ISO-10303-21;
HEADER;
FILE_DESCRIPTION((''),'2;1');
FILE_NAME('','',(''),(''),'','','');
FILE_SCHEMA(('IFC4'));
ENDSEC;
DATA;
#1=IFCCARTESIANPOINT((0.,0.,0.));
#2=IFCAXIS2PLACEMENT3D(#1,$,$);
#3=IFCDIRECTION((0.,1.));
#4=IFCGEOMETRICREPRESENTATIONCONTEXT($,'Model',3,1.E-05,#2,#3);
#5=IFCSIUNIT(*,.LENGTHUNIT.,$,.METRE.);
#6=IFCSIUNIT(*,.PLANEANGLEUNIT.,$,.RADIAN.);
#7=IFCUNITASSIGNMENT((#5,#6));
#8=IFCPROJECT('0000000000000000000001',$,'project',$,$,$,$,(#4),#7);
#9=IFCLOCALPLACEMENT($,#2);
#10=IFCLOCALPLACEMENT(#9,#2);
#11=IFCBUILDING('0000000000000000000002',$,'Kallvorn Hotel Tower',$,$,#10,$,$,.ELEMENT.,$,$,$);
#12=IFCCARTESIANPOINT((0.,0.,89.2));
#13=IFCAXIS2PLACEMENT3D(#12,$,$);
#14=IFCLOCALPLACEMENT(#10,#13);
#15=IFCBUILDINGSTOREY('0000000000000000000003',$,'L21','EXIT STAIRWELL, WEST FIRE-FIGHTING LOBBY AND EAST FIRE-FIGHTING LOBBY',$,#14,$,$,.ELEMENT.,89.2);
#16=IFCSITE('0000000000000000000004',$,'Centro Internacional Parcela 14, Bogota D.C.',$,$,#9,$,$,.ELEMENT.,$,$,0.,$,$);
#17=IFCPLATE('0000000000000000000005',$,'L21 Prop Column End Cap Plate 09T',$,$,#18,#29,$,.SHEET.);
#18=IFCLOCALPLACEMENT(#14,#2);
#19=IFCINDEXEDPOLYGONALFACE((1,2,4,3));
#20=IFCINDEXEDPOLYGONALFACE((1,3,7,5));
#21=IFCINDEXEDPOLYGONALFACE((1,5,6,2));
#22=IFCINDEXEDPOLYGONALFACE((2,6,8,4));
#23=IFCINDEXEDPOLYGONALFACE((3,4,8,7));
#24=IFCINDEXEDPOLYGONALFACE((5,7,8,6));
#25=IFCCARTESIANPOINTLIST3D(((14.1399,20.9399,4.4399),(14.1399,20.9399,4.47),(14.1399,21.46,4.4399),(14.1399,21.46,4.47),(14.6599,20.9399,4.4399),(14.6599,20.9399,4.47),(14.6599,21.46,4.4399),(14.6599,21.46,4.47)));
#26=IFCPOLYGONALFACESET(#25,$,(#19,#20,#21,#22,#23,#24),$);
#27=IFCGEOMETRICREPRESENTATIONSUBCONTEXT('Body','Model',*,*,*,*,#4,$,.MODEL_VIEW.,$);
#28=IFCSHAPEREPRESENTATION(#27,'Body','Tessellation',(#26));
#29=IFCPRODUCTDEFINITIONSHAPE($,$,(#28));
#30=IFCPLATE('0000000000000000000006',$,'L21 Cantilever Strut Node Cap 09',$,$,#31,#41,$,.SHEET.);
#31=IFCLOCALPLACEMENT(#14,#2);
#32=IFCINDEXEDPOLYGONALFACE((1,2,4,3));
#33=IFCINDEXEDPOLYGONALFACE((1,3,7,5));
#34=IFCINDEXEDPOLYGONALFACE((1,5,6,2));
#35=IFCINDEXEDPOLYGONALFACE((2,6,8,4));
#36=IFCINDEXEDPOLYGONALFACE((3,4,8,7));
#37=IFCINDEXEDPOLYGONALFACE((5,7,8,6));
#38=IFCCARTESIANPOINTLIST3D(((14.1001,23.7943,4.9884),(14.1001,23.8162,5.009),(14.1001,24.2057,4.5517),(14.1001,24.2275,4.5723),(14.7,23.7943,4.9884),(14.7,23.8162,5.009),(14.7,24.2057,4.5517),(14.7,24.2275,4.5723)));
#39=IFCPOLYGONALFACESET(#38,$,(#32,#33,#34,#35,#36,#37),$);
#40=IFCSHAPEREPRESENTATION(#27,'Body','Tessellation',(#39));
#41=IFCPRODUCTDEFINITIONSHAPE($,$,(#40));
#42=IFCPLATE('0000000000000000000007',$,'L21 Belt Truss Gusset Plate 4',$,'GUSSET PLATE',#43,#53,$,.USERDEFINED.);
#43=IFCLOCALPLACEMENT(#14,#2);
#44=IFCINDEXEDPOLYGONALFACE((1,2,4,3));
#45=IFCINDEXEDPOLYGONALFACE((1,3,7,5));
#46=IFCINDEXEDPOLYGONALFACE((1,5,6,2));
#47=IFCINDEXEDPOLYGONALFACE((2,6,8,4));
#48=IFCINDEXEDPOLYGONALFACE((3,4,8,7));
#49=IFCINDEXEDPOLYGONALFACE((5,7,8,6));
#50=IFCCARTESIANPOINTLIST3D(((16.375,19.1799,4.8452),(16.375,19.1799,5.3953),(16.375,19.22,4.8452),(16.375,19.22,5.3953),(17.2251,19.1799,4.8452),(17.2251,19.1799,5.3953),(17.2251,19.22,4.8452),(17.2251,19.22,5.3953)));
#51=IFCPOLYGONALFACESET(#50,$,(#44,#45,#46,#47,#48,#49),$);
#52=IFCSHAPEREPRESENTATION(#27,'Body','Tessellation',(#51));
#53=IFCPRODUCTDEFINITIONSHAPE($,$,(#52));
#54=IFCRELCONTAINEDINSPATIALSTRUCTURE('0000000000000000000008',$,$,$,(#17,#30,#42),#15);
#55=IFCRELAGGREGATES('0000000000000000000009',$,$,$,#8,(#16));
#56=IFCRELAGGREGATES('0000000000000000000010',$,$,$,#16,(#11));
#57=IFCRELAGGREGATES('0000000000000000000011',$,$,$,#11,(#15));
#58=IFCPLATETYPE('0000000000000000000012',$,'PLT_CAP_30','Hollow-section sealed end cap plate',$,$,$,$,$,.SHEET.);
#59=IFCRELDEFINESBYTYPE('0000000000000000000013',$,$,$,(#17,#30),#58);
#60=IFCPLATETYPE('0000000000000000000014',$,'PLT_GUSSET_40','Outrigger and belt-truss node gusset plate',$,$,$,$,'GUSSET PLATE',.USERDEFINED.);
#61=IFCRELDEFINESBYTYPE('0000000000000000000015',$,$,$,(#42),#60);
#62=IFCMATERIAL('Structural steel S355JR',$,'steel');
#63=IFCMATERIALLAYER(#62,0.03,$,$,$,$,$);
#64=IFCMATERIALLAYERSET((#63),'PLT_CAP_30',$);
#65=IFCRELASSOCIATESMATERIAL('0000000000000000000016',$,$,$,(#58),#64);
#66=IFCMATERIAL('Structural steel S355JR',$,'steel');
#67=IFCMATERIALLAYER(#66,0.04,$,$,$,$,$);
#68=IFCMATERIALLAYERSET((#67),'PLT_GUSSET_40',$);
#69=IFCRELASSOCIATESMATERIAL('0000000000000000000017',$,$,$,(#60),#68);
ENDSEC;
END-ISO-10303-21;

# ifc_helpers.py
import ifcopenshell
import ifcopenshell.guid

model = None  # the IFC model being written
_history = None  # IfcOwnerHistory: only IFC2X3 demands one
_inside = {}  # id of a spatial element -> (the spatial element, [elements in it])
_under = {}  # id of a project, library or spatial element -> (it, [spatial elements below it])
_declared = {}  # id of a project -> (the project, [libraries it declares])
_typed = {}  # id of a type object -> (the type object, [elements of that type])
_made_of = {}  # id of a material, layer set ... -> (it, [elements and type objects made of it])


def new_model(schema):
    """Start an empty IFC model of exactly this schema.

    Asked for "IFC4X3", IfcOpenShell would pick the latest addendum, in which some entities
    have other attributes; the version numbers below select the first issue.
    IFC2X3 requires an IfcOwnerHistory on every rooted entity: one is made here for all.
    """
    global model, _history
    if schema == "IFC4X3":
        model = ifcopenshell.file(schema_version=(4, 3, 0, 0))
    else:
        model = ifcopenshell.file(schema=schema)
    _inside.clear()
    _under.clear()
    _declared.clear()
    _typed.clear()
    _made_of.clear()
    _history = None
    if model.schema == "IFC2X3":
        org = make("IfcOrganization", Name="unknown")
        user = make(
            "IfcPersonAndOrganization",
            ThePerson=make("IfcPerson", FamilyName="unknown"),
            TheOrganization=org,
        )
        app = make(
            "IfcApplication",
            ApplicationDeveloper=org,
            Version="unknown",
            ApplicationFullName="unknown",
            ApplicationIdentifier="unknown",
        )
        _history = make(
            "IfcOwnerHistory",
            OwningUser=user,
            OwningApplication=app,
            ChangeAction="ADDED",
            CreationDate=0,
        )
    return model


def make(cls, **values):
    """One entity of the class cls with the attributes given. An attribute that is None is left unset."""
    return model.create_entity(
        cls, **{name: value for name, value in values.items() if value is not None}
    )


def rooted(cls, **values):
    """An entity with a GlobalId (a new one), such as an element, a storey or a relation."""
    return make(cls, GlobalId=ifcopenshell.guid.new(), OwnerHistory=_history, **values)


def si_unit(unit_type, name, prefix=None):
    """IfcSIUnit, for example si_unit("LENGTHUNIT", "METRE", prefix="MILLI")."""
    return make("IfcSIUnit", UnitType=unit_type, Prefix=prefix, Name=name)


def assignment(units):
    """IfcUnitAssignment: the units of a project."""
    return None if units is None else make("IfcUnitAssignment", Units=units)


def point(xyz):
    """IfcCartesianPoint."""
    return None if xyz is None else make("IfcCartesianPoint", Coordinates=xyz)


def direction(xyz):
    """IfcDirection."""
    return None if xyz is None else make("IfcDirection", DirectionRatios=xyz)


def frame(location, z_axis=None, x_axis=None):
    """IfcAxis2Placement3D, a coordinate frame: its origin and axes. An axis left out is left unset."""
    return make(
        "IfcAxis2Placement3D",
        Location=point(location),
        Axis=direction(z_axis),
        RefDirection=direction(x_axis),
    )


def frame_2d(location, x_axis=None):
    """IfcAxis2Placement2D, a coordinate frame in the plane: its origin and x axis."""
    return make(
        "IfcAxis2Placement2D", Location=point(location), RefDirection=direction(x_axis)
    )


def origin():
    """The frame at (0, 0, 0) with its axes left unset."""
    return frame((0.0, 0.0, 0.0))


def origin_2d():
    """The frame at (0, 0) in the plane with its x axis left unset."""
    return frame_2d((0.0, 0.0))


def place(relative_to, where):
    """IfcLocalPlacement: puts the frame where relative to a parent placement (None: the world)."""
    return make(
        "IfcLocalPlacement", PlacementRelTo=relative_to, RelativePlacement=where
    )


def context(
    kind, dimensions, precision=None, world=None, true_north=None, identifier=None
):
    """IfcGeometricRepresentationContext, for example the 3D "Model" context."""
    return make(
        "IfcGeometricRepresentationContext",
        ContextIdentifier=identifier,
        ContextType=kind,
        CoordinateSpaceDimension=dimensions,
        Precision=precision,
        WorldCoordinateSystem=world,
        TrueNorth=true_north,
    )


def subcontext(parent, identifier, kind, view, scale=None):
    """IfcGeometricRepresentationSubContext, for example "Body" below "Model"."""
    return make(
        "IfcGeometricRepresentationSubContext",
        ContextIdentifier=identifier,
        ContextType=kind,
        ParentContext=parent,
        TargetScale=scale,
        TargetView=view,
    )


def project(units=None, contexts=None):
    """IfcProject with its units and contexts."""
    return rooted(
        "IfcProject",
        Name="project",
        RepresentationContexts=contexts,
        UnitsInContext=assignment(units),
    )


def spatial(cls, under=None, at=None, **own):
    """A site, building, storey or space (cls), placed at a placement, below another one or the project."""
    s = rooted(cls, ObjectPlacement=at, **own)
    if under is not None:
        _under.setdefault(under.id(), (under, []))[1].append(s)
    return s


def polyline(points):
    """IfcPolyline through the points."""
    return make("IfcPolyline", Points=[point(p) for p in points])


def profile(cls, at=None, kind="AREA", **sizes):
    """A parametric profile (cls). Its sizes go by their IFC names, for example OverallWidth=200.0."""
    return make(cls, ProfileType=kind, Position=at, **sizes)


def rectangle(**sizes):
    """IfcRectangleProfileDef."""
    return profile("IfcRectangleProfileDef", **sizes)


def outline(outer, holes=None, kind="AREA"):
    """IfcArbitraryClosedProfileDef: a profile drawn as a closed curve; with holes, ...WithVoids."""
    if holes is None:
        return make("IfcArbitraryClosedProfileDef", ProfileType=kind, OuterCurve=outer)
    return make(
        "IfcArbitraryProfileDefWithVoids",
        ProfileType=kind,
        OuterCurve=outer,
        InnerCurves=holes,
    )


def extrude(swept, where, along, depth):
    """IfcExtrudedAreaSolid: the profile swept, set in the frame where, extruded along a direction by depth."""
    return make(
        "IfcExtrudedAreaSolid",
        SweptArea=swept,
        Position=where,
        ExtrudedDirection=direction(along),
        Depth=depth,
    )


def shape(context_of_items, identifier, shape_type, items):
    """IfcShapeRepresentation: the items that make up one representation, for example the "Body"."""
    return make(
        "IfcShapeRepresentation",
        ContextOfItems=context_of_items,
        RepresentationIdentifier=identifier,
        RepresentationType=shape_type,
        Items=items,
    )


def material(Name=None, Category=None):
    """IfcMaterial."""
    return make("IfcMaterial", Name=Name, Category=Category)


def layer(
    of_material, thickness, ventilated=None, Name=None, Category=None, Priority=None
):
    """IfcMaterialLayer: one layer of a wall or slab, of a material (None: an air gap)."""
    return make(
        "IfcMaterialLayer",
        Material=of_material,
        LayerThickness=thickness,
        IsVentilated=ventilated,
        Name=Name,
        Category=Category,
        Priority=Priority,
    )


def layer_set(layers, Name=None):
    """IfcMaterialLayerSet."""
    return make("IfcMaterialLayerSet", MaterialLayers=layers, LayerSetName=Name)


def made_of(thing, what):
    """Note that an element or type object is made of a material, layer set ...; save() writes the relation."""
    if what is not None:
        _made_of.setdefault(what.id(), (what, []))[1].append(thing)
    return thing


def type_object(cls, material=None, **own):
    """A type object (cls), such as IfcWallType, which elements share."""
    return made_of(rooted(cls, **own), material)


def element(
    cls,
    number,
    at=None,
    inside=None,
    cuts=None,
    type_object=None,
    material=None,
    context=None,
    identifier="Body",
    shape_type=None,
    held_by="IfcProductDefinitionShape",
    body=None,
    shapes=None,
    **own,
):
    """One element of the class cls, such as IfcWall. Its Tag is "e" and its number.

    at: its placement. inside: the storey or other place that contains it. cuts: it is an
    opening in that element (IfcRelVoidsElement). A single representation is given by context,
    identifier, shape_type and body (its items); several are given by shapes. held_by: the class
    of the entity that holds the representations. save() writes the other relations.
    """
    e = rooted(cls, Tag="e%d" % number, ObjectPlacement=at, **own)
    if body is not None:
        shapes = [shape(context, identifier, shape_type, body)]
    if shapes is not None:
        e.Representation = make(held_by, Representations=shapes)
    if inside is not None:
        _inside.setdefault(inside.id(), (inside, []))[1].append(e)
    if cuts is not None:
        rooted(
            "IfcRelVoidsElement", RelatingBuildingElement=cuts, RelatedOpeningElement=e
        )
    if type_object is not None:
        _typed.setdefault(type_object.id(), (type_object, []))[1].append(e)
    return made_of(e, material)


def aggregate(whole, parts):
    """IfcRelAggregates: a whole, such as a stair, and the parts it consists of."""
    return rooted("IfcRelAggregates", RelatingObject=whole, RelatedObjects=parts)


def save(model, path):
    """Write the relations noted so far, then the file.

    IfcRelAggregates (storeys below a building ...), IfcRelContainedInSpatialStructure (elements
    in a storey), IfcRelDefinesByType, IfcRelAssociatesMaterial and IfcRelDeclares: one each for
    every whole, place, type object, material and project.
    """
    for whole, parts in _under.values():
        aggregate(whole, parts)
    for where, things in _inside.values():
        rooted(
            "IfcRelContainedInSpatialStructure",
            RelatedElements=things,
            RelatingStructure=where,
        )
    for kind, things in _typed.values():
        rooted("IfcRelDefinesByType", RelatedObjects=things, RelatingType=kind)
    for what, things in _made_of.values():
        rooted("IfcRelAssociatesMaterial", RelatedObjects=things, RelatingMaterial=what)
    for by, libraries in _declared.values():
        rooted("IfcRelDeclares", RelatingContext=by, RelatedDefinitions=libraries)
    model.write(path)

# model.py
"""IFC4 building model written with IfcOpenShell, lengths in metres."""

from ifc_helpers import new_model, si_unit, direction, frame, origin, origin_2d, place, context, subcontext, project, spatial, polyline, rectangle, outline, extrude, material, layer, layer_set, type_object, element, save


model = new_model("IFC4")

# Units and contexts
model_context = context("Model", 3, precision=1e-05, world=origin(), true_north=direction((0.0, 1.0)))
body_context = subcontext(model_context, "Body", "Model", "MODEL_VIEW")
ifc_project = project(units=[si_unit("LENGTHUNIT", "METRE"), si_unit("PLANEANGLEUNIT", "RADIAN")], contexts=[model_context])

# Site, building, storey
site_placement = place(None, origin())
site = spatial("IfcSite", under=ifc_project, at=site_placement, Name="Centro Internacional Parcela 14, Bogota D.C.", CompositionType="ELEMENT", RefElevation=0.0)
building_placement = place(site_placement, origin())
building = spatial("IfcBuilding", under=site, at=building_placement, Name="Kallvorn Hotel Tower", CompositionType="ELEMENT")
storey_placement = place(building_placement, frame((0.0, 0.0, 89.2)))
storey = spatial("IfcBuildingStorey", under=building, at=storey_placement, Name="L21", Description="EXIT STAIRWELL, WEST FIRE-FIGHTING LOBBY AND EAST FIRE-FIGHTING LOBBY", CompositionType="ELEMENT", Elevation=89.2)

# Plates
ifc_material_1 = material(Name="Structural steel S355JR", Category="steel")
ifc_layer_1 = layer(ifc_material_1, 0.03)
ifc_layer_set_1 = layer_set([ifc_layer_1], Name="PLT_CAP_30")
plate_type_1 = type_object("IfcPlateType", Name="PLT_CAP_30", Description="Hollow-section sealed end cap plate", PredefinedType="SHEET", material=ifc_layer_set_1)
for number, where, z_axis, x_axis, name in (
    (1, (14.3999, 21.2, 4.4399), (0.0, 0.0, 1.0), (1.0, 0.0, 0.0), "L21 Prop Column End Cap Plate 09T"),
):
    element("IfcPlate", number, at=place(storey_placement, frame(where, z_axis=z_axis, x_axis=x_axis)), inside=storey, type_object=plate_type_1, Name=name, PredefinedType="SHEET", context=body_context, shape_type="SweptSolid", body=[
        extrude(rectangle(XDim=0.52, YDim=0.52, at=origin_2d()), origin(), (0.0, 0.0, 1.0), 0.03),
    ])
plate_1_placement = place(storey_placement, frame((14.7, 24.2275, 4.5723), z_axis=(0.0, 0.727949, 0.685631), x_axis=(-1.0, 0.0, 0.0)))
element("IfcPlate", 2, at=plate_1_placement, inside=storey, type_object=plate_type_1, Name="L21 Cantilever Strut Node Cap 09", PredefinedType="SHEET", context=body_context, shape_type="SweptSolid", body=[
    extrude(outline(polyline([(0.0, 0.0), (0.5999, 0.0), (0.5999, 0.6), (0.0, 0.6), (0.0, 0.0)])), origin(), (0.0, 0.0, -1.0), 0.03),
])
ifc_material_2 = material(Name="Structural steel S355JR", Category="steel")
ifc_layer_2 = layer(ifc_material_2, 0.04)
ifc_layer_set_2 = layer_set([ifc_layer_2], Name="PLT_GUSSET_40")
plate_type_2 = type_object("IfcPlateType", Name="PLT_GUSSET_40", Description="Outrigger and belt-truss node gusset plate", ElementType="GUSSET PLATE", PredefinedType="USERDEFINED", material=ifc_layer_set_2)
plate_2_placement = place(storey_placement, frame((16.8, 19.2, 4.8452), z_axis=(0.0, 0.0, 1.0), x_axis=(1.0, 0.0, 0.0)))
element("IfcPlate", 3, at=plate_2_placement, inside=storey, type_object=plate_type_2, Name="L21 Belt Truss Gusset Plate 4", ObjectType="GUSSET PLATE", PredefinedType="USERDEFINED", context=body_context, shape_type="SweptSolid", body=[
    extrude(rectangle(XDim=0.8501, YDim=0.04, at=origin_2d()), origin(), (0.0, 0.0, 1.0), 0.55),
])

save(model, "model.ifc")
